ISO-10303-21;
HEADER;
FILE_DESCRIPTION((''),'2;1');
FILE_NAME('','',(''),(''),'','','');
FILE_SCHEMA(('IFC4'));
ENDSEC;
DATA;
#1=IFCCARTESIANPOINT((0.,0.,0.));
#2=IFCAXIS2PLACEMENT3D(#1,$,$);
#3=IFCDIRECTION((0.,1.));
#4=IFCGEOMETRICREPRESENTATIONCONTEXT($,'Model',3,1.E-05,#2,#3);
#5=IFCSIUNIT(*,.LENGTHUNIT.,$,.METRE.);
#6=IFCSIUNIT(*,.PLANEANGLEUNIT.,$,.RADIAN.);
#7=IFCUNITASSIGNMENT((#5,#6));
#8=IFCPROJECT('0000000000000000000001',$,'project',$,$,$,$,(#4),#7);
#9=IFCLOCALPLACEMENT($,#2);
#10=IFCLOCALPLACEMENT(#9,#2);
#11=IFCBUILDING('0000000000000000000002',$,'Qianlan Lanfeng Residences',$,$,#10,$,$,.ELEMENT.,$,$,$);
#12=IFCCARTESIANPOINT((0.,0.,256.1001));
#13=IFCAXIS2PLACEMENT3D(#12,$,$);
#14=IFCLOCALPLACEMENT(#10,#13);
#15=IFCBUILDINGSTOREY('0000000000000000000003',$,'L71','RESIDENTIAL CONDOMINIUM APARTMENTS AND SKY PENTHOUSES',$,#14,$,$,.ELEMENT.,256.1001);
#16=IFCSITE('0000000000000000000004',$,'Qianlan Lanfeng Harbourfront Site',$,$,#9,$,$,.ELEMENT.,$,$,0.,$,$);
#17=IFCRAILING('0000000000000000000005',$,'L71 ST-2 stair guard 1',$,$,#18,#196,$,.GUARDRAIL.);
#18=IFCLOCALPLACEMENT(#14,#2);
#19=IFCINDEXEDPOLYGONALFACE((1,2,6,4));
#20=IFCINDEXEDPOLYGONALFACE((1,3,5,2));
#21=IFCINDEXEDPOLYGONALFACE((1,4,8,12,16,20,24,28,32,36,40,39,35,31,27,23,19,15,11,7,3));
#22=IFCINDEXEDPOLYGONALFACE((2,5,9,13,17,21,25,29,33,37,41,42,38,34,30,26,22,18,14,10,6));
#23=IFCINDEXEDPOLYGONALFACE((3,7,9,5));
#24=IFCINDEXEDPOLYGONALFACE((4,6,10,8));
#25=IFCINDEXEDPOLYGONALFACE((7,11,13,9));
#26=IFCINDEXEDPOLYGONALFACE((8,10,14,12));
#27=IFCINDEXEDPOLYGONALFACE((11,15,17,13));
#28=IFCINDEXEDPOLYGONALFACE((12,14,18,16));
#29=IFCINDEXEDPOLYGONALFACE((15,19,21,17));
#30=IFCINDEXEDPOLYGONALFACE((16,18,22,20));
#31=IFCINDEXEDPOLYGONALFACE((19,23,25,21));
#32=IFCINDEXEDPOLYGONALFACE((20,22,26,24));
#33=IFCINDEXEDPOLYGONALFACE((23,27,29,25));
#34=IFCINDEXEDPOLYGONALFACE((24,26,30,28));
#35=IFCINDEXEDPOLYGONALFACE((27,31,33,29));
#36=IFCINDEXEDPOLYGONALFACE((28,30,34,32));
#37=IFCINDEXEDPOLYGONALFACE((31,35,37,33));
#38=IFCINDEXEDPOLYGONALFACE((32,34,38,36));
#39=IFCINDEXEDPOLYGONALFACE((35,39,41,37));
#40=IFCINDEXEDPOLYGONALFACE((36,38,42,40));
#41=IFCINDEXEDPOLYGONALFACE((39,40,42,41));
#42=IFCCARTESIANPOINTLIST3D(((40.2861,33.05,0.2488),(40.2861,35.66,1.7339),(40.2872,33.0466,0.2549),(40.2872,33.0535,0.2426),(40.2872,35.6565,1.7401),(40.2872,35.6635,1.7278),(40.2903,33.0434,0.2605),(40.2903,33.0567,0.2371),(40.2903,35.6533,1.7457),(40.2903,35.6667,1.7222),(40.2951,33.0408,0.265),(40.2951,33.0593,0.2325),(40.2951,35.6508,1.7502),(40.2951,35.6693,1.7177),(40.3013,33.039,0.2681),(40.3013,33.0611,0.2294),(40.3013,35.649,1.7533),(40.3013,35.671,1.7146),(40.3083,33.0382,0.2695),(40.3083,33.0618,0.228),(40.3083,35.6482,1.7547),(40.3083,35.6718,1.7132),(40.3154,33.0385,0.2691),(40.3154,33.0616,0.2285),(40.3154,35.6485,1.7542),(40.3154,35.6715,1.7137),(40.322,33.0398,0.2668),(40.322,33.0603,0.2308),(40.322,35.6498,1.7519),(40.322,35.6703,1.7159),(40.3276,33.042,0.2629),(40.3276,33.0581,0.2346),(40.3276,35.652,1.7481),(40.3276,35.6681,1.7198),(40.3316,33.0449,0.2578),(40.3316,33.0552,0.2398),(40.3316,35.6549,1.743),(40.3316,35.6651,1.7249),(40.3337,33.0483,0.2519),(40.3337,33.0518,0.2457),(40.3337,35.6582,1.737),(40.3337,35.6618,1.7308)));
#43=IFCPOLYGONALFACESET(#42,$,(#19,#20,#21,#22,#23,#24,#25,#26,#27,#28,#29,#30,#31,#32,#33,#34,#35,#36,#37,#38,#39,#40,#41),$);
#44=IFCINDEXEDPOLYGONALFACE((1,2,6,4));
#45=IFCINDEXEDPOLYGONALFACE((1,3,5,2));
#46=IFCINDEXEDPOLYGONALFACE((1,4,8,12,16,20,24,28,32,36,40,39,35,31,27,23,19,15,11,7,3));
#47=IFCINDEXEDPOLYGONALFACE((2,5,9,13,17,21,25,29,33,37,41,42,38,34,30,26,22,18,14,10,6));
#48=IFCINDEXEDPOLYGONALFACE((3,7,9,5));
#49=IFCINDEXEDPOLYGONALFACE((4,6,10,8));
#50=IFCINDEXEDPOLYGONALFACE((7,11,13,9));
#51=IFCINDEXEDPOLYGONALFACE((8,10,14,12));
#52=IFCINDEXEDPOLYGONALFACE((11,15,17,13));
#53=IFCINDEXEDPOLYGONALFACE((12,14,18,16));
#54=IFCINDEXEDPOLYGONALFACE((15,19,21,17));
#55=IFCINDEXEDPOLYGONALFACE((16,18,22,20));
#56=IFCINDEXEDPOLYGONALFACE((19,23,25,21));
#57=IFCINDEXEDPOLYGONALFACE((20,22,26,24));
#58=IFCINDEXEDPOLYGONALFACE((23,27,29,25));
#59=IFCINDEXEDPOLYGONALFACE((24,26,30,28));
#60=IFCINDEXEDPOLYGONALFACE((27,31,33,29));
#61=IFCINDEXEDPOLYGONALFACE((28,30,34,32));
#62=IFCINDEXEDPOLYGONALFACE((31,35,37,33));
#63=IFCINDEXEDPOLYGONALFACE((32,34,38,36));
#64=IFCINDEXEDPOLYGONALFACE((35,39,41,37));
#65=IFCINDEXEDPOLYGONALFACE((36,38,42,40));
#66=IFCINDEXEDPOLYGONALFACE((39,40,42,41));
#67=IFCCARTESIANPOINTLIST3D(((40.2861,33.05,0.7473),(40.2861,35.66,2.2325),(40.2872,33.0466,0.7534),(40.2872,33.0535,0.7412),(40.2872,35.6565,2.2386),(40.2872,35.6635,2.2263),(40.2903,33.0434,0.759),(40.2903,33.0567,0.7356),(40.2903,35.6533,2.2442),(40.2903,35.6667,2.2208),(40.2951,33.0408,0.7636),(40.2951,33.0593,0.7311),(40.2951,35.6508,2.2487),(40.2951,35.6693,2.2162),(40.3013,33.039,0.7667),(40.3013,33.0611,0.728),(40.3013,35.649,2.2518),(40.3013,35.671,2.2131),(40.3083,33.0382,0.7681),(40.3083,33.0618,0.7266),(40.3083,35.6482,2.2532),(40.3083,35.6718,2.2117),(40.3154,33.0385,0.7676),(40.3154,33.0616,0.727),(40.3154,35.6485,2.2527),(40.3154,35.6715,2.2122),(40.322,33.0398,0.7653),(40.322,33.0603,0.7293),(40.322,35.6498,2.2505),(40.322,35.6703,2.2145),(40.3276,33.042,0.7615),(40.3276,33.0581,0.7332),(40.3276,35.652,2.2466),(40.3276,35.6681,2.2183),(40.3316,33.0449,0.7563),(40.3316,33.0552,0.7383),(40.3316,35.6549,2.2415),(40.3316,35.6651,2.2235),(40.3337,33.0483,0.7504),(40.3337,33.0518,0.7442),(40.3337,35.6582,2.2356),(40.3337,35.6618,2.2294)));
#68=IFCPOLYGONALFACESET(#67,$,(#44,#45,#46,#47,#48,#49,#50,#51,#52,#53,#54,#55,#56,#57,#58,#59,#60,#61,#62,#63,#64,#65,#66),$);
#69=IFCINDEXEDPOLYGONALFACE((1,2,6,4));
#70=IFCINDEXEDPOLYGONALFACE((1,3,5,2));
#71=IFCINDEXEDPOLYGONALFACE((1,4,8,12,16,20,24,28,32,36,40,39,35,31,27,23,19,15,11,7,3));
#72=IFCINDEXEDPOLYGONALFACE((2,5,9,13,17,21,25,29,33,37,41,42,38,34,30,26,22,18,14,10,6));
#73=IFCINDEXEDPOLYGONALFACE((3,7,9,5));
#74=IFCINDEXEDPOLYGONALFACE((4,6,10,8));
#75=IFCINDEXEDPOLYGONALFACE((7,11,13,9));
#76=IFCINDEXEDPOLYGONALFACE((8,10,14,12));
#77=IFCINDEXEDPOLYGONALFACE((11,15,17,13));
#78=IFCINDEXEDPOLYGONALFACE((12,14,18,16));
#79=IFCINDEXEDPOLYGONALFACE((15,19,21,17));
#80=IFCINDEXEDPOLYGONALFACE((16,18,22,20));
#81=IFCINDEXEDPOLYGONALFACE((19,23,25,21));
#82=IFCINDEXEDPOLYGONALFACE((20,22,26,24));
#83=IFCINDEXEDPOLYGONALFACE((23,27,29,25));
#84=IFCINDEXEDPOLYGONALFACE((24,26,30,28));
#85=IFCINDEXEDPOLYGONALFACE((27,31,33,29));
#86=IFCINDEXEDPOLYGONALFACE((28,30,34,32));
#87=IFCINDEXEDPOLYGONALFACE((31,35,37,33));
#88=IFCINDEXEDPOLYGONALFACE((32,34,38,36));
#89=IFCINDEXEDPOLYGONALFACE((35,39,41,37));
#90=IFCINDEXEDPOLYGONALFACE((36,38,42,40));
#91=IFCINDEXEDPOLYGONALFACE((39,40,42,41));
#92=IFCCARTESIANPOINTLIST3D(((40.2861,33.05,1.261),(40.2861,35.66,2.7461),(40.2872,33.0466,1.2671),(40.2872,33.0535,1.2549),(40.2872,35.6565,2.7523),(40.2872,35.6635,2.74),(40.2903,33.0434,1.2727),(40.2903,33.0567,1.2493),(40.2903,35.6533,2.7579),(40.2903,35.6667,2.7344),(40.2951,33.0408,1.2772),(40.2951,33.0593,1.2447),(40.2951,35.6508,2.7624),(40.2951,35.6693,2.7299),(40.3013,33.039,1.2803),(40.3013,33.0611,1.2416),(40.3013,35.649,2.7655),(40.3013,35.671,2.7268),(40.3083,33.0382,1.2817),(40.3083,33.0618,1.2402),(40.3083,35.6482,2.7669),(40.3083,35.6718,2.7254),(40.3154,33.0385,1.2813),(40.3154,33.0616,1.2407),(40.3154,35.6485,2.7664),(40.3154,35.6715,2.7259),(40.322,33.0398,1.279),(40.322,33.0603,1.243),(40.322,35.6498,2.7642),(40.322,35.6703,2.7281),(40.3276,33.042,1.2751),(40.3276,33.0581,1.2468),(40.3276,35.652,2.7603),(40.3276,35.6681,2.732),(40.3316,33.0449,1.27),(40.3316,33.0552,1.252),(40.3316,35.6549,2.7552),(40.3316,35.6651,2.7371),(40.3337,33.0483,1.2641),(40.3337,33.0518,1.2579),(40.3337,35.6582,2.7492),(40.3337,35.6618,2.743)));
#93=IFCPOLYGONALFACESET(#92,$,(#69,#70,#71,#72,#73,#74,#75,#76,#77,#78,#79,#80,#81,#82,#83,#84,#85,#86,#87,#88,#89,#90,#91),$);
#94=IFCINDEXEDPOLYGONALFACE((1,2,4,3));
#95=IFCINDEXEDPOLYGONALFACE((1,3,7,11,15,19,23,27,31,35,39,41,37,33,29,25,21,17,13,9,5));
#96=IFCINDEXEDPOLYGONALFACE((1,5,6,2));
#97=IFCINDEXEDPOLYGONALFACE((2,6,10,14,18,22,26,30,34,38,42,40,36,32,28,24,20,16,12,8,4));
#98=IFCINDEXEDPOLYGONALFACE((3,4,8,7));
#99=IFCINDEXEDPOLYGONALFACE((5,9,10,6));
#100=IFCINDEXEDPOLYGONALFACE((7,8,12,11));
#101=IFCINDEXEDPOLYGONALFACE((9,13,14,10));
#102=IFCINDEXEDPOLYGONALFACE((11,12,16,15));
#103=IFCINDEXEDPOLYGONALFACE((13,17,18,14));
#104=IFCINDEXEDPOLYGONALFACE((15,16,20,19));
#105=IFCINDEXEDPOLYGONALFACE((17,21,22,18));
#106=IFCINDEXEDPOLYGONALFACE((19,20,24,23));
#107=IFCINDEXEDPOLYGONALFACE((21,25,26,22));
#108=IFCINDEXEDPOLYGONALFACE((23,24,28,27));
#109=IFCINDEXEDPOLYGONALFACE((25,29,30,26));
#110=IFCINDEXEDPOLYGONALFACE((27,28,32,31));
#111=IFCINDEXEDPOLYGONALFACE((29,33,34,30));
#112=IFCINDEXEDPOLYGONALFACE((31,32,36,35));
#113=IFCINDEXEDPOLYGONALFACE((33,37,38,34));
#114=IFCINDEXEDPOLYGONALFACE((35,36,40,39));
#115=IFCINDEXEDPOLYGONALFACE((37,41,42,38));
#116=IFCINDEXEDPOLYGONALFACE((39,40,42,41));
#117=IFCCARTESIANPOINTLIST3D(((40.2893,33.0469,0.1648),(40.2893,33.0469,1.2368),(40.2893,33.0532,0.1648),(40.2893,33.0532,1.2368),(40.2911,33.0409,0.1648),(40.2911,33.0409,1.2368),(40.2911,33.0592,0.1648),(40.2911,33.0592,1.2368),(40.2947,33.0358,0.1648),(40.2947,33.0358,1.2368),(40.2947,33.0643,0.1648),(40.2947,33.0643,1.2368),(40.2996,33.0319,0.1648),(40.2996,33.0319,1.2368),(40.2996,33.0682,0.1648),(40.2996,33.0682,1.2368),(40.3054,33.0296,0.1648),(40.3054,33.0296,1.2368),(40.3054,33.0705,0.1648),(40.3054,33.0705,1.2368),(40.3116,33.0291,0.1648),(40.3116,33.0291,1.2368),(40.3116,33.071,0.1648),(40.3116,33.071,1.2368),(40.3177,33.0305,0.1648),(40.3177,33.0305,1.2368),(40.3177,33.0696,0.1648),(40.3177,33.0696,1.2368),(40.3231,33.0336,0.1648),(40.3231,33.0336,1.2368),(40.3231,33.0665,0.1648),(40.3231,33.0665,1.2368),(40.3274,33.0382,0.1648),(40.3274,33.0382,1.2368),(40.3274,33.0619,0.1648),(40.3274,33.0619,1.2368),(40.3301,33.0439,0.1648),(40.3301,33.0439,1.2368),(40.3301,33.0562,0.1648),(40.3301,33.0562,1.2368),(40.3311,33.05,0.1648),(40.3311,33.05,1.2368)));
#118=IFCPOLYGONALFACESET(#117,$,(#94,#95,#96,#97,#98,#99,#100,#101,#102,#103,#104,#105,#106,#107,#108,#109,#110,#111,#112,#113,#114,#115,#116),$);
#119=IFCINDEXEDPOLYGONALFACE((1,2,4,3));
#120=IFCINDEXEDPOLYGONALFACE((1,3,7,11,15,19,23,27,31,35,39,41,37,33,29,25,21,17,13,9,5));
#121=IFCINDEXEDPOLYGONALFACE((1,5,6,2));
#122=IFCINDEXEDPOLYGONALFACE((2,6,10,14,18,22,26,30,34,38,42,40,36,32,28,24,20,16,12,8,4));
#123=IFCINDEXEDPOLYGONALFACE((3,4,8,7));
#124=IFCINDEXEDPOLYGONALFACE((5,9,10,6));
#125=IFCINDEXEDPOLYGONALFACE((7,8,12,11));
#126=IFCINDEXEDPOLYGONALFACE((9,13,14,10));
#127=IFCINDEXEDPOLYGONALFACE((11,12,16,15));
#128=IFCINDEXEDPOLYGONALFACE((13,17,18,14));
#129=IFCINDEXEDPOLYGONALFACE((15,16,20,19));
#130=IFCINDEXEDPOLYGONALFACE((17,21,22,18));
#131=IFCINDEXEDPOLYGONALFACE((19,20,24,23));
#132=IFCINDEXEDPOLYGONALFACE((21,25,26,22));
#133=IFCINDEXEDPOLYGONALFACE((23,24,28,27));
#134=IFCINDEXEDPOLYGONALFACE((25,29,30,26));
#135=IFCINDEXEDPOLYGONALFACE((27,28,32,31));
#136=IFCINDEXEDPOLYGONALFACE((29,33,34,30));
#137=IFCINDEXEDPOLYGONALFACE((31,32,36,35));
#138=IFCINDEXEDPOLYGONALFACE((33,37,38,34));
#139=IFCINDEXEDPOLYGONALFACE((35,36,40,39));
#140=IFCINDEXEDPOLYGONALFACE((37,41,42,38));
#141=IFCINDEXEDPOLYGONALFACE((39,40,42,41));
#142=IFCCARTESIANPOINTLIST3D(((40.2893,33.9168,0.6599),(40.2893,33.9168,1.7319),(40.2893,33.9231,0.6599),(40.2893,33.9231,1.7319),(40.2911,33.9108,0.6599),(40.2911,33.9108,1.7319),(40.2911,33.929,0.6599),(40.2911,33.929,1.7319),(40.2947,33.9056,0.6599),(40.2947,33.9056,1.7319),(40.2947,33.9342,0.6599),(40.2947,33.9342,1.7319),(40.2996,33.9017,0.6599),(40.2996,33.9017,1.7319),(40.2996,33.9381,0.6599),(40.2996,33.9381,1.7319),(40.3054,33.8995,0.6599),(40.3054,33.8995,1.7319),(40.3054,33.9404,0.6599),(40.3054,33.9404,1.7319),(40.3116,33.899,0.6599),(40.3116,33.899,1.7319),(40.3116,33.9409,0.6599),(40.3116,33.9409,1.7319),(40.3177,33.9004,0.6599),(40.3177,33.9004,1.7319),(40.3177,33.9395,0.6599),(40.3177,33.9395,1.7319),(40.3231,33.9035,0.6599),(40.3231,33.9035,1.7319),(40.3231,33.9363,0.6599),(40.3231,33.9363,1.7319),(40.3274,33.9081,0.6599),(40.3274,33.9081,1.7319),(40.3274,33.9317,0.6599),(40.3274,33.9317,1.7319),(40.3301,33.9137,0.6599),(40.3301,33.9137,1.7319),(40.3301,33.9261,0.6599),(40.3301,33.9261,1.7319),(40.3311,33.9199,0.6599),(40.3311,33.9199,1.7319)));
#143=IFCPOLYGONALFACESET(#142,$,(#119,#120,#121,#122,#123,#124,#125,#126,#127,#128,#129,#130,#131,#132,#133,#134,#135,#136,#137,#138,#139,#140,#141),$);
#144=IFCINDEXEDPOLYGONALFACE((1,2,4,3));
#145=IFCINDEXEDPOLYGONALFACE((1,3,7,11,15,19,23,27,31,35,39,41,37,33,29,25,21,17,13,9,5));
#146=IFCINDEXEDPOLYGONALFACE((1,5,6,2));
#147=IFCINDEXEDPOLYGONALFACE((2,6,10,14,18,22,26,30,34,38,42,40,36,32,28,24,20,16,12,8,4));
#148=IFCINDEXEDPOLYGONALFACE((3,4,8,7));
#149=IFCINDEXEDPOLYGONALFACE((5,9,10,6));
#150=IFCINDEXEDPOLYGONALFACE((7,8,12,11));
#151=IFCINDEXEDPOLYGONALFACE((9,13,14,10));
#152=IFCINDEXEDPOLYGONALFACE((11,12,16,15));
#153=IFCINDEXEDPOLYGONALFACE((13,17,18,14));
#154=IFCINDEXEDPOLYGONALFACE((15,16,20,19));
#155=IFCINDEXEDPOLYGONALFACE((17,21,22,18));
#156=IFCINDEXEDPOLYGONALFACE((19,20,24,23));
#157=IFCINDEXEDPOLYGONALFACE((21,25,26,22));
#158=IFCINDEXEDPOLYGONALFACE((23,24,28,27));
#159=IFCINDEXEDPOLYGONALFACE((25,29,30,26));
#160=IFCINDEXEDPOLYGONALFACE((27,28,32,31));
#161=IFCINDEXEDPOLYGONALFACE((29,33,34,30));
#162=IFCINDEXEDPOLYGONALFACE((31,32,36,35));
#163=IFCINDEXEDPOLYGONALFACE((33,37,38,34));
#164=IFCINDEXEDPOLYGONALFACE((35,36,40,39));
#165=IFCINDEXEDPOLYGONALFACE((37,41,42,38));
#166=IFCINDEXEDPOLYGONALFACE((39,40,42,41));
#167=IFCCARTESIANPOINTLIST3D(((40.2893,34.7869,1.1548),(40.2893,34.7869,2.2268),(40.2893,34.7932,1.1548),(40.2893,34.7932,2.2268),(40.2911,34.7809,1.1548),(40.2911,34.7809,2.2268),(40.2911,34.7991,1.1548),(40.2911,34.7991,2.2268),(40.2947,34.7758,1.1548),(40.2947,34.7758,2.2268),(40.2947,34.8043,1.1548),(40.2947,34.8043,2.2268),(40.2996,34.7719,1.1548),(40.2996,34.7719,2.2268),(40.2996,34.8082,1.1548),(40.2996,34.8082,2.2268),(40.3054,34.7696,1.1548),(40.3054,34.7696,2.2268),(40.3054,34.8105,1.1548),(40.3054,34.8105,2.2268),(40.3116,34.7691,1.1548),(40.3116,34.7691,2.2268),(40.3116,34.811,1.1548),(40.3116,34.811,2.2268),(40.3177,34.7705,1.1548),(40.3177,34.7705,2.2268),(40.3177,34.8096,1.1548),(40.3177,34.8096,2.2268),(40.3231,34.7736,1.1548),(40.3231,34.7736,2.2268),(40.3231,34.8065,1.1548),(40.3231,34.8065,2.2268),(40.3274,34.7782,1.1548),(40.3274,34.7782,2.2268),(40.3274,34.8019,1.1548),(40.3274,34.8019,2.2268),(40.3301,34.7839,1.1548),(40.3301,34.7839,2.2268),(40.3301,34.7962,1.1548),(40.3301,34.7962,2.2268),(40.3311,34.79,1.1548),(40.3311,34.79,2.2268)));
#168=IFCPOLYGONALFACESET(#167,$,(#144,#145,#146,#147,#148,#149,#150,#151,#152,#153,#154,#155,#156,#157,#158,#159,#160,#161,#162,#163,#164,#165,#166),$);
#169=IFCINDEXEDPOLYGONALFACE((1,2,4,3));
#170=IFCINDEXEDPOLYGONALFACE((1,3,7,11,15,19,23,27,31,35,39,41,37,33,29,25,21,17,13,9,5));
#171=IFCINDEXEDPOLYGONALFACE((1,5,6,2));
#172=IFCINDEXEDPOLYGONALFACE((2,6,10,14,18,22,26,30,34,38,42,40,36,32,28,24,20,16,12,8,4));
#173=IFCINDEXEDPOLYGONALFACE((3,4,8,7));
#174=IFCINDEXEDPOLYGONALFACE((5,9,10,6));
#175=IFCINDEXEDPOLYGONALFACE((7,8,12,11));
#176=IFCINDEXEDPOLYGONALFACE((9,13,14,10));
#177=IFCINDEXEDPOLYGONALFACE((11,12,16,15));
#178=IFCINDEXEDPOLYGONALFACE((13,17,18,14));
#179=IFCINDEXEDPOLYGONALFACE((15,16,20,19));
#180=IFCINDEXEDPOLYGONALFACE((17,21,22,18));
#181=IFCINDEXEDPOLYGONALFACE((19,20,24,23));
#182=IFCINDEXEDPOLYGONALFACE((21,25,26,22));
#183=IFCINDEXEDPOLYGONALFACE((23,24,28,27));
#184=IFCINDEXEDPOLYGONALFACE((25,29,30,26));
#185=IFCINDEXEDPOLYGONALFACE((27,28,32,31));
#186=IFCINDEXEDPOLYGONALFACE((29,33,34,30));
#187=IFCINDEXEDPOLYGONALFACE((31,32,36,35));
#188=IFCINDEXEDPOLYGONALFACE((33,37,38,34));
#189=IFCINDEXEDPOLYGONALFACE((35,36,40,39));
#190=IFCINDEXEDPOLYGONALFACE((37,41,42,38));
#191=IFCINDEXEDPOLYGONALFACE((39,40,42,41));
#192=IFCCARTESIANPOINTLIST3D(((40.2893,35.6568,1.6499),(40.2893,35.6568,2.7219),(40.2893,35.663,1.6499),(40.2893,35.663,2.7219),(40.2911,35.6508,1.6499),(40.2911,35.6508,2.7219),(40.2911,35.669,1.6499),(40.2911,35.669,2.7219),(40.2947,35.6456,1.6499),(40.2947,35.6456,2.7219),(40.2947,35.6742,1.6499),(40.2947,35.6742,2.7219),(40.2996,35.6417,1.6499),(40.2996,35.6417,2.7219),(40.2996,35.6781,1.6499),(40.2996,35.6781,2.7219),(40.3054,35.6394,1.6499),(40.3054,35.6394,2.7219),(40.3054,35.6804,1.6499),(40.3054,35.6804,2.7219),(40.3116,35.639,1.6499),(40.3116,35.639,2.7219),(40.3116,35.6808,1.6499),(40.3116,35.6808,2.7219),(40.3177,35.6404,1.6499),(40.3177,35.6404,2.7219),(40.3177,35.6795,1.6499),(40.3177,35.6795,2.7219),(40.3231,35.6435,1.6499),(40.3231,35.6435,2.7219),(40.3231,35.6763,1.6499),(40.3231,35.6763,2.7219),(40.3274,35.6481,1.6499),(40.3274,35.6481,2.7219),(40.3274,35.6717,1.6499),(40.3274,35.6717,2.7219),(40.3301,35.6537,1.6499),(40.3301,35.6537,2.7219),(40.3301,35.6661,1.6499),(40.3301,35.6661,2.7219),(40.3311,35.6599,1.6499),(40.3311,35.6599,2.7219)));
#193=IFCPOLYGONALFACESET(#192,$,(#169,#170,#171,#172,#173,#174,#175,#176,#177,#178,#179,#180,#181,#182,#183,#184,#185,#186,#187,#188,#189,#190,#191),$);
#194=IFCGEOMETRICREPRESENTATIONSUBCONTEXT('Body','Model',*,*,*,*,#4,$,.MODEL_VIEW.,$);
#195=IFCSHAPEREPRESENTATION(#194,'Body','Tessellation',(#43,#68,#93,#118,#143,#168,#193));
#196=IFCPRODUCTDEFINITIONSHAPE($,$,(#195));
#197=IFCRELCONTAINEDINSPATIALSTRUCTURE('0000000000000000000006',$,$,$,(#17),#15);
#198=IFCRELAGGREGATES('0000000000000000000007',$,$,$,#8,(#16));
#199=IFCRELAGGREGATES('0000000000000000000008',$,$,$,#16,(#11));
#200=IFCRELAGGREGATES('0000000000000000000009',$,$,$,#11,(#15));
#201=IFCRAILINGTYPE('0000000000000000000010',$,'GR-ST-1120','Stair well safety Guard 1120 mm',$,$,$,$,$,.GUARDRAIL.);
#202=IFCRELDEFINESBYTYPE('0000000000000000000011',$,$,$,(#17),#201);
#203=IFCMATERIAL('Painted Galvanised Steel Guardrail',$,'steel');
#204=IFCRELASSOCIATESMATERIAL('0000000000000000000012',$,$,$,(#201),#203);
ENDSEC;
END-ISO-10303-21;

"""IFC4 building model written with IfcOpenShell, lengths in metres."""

from ifc_helpers import new_model, si_unit, direction, frame, origin, origin_2d, place, context, subcontext, project, spatial, circle, extrude, material, type_object, element, save


model = new_model("IFC4")

# Units and contexts
model_context = context("Model", 3, precision=1e-05, world=origin(), true_north=direction((0.0, 1.0)))
body_context = subcontext(model_context, "Body", "Model", "MODEL_VIEW")
ifc_project = project(units=[si_unit("LENGTHUNIT", "METRE"), si_unit("PLANEANGLEUNIT", "RADIAN")], contexts=[model_context])

# Site, building, storey
site_placement = place(None, origin())
site = spatial("IfcSite", under=ifc_project, at=site_placement, Name="Qianlan Lanfeng Harbourfront Site", CompositionType="ELEMENT", RefElevation=0.0)
building_placement = place(site_placement, origin())
building = spatial("IfcBuilding", under=site, at=building_placement, Name="Qianlan Lanfeng Residences", CompositionType="ELEMENT")
storey_placement = place(building_placement, frame((0.0, 0.0, 256.1001)))
storey = spatial("IfcBuildingStorey", under=building, at=storey_placement, Name="L71", Description="RESIDENTIAL CONDOMINIUM APARTMENTS AND SKY PENTHOUSES", CompositionType="ELEMENT", Elevation=256.1001)

# Railing
ifc_material_1 = material(Name="Painted Galvanised Steel Guardrail", Category="steel")
railing_type_1 = type_object("IfcRailingType", Name="GR-ST-1120", Description="Stair well safety Guard 1120 mm", PredefinedType="GUARDRAIL", material=ifc_material_1)
railing_1_placement = place(storey_placement, frame((40.3101, 33.05, 0.1648)))
element("IfcRailing", 1, at=railing_1_placement, inside=storey, type_object=railing_type_1, Name="L71 ST-2 stair guard 1", PredefinedType="GUARDRAIL", context=body_context, shape_type="SweptSolid", body=[
    extrude(circle(Radius=0.0239, at=origin_2d()), frame((0.0, 0.0, 0.084), z_axis=(0.0, 0.869137, 0.494571), x_axis=(-1.0, 0.0, 0.0)), (0.0, 0.0, 1.0), 3.0029),
    extrude(circle(Radius=0.0239, at=origin_2d()), frame((0.0, 0.0, 0.5825), z_axis=(0.0, 0.869137, 0.494571), x_axis=(-1.0, 0.0, 0.0)), (0.0, 0.0, 1.0), 3.0029),
    extrude(circle(Radius=0.0239, at=origin_2d()), frame((0.0, 0.0, 1.0962), z_axis=(0.0, 0.869137, 0.494571), x_axis=(-1.0, 0.0, 0.0)), (0.0, 0.0, 1.0), 3.0029),
    extrude(circle(Radius=0.021, at=origin_2d()), origin(), (0.0, 0.0, 1.0), 1.072),
    extrude(circle(Radius=0.021, at=origin_2d()), frame((0.0, 0.8699, 0.4951)), (0.0, 0.0, 1.0), 1.072),
    extrude(circle(Radius=0.021, at=origin_2d()), frame((0.0, 1.74, 0.99)), (0.0, 0.0, 1.0), 1.072),
    extrude(circle(Radius=0.021, at=origin_2d()), frame((0.0, 2.6099, 1.4851)), (0.0, 0.0, 1.0), 1.072),
])

save(model, "model.ifc")
